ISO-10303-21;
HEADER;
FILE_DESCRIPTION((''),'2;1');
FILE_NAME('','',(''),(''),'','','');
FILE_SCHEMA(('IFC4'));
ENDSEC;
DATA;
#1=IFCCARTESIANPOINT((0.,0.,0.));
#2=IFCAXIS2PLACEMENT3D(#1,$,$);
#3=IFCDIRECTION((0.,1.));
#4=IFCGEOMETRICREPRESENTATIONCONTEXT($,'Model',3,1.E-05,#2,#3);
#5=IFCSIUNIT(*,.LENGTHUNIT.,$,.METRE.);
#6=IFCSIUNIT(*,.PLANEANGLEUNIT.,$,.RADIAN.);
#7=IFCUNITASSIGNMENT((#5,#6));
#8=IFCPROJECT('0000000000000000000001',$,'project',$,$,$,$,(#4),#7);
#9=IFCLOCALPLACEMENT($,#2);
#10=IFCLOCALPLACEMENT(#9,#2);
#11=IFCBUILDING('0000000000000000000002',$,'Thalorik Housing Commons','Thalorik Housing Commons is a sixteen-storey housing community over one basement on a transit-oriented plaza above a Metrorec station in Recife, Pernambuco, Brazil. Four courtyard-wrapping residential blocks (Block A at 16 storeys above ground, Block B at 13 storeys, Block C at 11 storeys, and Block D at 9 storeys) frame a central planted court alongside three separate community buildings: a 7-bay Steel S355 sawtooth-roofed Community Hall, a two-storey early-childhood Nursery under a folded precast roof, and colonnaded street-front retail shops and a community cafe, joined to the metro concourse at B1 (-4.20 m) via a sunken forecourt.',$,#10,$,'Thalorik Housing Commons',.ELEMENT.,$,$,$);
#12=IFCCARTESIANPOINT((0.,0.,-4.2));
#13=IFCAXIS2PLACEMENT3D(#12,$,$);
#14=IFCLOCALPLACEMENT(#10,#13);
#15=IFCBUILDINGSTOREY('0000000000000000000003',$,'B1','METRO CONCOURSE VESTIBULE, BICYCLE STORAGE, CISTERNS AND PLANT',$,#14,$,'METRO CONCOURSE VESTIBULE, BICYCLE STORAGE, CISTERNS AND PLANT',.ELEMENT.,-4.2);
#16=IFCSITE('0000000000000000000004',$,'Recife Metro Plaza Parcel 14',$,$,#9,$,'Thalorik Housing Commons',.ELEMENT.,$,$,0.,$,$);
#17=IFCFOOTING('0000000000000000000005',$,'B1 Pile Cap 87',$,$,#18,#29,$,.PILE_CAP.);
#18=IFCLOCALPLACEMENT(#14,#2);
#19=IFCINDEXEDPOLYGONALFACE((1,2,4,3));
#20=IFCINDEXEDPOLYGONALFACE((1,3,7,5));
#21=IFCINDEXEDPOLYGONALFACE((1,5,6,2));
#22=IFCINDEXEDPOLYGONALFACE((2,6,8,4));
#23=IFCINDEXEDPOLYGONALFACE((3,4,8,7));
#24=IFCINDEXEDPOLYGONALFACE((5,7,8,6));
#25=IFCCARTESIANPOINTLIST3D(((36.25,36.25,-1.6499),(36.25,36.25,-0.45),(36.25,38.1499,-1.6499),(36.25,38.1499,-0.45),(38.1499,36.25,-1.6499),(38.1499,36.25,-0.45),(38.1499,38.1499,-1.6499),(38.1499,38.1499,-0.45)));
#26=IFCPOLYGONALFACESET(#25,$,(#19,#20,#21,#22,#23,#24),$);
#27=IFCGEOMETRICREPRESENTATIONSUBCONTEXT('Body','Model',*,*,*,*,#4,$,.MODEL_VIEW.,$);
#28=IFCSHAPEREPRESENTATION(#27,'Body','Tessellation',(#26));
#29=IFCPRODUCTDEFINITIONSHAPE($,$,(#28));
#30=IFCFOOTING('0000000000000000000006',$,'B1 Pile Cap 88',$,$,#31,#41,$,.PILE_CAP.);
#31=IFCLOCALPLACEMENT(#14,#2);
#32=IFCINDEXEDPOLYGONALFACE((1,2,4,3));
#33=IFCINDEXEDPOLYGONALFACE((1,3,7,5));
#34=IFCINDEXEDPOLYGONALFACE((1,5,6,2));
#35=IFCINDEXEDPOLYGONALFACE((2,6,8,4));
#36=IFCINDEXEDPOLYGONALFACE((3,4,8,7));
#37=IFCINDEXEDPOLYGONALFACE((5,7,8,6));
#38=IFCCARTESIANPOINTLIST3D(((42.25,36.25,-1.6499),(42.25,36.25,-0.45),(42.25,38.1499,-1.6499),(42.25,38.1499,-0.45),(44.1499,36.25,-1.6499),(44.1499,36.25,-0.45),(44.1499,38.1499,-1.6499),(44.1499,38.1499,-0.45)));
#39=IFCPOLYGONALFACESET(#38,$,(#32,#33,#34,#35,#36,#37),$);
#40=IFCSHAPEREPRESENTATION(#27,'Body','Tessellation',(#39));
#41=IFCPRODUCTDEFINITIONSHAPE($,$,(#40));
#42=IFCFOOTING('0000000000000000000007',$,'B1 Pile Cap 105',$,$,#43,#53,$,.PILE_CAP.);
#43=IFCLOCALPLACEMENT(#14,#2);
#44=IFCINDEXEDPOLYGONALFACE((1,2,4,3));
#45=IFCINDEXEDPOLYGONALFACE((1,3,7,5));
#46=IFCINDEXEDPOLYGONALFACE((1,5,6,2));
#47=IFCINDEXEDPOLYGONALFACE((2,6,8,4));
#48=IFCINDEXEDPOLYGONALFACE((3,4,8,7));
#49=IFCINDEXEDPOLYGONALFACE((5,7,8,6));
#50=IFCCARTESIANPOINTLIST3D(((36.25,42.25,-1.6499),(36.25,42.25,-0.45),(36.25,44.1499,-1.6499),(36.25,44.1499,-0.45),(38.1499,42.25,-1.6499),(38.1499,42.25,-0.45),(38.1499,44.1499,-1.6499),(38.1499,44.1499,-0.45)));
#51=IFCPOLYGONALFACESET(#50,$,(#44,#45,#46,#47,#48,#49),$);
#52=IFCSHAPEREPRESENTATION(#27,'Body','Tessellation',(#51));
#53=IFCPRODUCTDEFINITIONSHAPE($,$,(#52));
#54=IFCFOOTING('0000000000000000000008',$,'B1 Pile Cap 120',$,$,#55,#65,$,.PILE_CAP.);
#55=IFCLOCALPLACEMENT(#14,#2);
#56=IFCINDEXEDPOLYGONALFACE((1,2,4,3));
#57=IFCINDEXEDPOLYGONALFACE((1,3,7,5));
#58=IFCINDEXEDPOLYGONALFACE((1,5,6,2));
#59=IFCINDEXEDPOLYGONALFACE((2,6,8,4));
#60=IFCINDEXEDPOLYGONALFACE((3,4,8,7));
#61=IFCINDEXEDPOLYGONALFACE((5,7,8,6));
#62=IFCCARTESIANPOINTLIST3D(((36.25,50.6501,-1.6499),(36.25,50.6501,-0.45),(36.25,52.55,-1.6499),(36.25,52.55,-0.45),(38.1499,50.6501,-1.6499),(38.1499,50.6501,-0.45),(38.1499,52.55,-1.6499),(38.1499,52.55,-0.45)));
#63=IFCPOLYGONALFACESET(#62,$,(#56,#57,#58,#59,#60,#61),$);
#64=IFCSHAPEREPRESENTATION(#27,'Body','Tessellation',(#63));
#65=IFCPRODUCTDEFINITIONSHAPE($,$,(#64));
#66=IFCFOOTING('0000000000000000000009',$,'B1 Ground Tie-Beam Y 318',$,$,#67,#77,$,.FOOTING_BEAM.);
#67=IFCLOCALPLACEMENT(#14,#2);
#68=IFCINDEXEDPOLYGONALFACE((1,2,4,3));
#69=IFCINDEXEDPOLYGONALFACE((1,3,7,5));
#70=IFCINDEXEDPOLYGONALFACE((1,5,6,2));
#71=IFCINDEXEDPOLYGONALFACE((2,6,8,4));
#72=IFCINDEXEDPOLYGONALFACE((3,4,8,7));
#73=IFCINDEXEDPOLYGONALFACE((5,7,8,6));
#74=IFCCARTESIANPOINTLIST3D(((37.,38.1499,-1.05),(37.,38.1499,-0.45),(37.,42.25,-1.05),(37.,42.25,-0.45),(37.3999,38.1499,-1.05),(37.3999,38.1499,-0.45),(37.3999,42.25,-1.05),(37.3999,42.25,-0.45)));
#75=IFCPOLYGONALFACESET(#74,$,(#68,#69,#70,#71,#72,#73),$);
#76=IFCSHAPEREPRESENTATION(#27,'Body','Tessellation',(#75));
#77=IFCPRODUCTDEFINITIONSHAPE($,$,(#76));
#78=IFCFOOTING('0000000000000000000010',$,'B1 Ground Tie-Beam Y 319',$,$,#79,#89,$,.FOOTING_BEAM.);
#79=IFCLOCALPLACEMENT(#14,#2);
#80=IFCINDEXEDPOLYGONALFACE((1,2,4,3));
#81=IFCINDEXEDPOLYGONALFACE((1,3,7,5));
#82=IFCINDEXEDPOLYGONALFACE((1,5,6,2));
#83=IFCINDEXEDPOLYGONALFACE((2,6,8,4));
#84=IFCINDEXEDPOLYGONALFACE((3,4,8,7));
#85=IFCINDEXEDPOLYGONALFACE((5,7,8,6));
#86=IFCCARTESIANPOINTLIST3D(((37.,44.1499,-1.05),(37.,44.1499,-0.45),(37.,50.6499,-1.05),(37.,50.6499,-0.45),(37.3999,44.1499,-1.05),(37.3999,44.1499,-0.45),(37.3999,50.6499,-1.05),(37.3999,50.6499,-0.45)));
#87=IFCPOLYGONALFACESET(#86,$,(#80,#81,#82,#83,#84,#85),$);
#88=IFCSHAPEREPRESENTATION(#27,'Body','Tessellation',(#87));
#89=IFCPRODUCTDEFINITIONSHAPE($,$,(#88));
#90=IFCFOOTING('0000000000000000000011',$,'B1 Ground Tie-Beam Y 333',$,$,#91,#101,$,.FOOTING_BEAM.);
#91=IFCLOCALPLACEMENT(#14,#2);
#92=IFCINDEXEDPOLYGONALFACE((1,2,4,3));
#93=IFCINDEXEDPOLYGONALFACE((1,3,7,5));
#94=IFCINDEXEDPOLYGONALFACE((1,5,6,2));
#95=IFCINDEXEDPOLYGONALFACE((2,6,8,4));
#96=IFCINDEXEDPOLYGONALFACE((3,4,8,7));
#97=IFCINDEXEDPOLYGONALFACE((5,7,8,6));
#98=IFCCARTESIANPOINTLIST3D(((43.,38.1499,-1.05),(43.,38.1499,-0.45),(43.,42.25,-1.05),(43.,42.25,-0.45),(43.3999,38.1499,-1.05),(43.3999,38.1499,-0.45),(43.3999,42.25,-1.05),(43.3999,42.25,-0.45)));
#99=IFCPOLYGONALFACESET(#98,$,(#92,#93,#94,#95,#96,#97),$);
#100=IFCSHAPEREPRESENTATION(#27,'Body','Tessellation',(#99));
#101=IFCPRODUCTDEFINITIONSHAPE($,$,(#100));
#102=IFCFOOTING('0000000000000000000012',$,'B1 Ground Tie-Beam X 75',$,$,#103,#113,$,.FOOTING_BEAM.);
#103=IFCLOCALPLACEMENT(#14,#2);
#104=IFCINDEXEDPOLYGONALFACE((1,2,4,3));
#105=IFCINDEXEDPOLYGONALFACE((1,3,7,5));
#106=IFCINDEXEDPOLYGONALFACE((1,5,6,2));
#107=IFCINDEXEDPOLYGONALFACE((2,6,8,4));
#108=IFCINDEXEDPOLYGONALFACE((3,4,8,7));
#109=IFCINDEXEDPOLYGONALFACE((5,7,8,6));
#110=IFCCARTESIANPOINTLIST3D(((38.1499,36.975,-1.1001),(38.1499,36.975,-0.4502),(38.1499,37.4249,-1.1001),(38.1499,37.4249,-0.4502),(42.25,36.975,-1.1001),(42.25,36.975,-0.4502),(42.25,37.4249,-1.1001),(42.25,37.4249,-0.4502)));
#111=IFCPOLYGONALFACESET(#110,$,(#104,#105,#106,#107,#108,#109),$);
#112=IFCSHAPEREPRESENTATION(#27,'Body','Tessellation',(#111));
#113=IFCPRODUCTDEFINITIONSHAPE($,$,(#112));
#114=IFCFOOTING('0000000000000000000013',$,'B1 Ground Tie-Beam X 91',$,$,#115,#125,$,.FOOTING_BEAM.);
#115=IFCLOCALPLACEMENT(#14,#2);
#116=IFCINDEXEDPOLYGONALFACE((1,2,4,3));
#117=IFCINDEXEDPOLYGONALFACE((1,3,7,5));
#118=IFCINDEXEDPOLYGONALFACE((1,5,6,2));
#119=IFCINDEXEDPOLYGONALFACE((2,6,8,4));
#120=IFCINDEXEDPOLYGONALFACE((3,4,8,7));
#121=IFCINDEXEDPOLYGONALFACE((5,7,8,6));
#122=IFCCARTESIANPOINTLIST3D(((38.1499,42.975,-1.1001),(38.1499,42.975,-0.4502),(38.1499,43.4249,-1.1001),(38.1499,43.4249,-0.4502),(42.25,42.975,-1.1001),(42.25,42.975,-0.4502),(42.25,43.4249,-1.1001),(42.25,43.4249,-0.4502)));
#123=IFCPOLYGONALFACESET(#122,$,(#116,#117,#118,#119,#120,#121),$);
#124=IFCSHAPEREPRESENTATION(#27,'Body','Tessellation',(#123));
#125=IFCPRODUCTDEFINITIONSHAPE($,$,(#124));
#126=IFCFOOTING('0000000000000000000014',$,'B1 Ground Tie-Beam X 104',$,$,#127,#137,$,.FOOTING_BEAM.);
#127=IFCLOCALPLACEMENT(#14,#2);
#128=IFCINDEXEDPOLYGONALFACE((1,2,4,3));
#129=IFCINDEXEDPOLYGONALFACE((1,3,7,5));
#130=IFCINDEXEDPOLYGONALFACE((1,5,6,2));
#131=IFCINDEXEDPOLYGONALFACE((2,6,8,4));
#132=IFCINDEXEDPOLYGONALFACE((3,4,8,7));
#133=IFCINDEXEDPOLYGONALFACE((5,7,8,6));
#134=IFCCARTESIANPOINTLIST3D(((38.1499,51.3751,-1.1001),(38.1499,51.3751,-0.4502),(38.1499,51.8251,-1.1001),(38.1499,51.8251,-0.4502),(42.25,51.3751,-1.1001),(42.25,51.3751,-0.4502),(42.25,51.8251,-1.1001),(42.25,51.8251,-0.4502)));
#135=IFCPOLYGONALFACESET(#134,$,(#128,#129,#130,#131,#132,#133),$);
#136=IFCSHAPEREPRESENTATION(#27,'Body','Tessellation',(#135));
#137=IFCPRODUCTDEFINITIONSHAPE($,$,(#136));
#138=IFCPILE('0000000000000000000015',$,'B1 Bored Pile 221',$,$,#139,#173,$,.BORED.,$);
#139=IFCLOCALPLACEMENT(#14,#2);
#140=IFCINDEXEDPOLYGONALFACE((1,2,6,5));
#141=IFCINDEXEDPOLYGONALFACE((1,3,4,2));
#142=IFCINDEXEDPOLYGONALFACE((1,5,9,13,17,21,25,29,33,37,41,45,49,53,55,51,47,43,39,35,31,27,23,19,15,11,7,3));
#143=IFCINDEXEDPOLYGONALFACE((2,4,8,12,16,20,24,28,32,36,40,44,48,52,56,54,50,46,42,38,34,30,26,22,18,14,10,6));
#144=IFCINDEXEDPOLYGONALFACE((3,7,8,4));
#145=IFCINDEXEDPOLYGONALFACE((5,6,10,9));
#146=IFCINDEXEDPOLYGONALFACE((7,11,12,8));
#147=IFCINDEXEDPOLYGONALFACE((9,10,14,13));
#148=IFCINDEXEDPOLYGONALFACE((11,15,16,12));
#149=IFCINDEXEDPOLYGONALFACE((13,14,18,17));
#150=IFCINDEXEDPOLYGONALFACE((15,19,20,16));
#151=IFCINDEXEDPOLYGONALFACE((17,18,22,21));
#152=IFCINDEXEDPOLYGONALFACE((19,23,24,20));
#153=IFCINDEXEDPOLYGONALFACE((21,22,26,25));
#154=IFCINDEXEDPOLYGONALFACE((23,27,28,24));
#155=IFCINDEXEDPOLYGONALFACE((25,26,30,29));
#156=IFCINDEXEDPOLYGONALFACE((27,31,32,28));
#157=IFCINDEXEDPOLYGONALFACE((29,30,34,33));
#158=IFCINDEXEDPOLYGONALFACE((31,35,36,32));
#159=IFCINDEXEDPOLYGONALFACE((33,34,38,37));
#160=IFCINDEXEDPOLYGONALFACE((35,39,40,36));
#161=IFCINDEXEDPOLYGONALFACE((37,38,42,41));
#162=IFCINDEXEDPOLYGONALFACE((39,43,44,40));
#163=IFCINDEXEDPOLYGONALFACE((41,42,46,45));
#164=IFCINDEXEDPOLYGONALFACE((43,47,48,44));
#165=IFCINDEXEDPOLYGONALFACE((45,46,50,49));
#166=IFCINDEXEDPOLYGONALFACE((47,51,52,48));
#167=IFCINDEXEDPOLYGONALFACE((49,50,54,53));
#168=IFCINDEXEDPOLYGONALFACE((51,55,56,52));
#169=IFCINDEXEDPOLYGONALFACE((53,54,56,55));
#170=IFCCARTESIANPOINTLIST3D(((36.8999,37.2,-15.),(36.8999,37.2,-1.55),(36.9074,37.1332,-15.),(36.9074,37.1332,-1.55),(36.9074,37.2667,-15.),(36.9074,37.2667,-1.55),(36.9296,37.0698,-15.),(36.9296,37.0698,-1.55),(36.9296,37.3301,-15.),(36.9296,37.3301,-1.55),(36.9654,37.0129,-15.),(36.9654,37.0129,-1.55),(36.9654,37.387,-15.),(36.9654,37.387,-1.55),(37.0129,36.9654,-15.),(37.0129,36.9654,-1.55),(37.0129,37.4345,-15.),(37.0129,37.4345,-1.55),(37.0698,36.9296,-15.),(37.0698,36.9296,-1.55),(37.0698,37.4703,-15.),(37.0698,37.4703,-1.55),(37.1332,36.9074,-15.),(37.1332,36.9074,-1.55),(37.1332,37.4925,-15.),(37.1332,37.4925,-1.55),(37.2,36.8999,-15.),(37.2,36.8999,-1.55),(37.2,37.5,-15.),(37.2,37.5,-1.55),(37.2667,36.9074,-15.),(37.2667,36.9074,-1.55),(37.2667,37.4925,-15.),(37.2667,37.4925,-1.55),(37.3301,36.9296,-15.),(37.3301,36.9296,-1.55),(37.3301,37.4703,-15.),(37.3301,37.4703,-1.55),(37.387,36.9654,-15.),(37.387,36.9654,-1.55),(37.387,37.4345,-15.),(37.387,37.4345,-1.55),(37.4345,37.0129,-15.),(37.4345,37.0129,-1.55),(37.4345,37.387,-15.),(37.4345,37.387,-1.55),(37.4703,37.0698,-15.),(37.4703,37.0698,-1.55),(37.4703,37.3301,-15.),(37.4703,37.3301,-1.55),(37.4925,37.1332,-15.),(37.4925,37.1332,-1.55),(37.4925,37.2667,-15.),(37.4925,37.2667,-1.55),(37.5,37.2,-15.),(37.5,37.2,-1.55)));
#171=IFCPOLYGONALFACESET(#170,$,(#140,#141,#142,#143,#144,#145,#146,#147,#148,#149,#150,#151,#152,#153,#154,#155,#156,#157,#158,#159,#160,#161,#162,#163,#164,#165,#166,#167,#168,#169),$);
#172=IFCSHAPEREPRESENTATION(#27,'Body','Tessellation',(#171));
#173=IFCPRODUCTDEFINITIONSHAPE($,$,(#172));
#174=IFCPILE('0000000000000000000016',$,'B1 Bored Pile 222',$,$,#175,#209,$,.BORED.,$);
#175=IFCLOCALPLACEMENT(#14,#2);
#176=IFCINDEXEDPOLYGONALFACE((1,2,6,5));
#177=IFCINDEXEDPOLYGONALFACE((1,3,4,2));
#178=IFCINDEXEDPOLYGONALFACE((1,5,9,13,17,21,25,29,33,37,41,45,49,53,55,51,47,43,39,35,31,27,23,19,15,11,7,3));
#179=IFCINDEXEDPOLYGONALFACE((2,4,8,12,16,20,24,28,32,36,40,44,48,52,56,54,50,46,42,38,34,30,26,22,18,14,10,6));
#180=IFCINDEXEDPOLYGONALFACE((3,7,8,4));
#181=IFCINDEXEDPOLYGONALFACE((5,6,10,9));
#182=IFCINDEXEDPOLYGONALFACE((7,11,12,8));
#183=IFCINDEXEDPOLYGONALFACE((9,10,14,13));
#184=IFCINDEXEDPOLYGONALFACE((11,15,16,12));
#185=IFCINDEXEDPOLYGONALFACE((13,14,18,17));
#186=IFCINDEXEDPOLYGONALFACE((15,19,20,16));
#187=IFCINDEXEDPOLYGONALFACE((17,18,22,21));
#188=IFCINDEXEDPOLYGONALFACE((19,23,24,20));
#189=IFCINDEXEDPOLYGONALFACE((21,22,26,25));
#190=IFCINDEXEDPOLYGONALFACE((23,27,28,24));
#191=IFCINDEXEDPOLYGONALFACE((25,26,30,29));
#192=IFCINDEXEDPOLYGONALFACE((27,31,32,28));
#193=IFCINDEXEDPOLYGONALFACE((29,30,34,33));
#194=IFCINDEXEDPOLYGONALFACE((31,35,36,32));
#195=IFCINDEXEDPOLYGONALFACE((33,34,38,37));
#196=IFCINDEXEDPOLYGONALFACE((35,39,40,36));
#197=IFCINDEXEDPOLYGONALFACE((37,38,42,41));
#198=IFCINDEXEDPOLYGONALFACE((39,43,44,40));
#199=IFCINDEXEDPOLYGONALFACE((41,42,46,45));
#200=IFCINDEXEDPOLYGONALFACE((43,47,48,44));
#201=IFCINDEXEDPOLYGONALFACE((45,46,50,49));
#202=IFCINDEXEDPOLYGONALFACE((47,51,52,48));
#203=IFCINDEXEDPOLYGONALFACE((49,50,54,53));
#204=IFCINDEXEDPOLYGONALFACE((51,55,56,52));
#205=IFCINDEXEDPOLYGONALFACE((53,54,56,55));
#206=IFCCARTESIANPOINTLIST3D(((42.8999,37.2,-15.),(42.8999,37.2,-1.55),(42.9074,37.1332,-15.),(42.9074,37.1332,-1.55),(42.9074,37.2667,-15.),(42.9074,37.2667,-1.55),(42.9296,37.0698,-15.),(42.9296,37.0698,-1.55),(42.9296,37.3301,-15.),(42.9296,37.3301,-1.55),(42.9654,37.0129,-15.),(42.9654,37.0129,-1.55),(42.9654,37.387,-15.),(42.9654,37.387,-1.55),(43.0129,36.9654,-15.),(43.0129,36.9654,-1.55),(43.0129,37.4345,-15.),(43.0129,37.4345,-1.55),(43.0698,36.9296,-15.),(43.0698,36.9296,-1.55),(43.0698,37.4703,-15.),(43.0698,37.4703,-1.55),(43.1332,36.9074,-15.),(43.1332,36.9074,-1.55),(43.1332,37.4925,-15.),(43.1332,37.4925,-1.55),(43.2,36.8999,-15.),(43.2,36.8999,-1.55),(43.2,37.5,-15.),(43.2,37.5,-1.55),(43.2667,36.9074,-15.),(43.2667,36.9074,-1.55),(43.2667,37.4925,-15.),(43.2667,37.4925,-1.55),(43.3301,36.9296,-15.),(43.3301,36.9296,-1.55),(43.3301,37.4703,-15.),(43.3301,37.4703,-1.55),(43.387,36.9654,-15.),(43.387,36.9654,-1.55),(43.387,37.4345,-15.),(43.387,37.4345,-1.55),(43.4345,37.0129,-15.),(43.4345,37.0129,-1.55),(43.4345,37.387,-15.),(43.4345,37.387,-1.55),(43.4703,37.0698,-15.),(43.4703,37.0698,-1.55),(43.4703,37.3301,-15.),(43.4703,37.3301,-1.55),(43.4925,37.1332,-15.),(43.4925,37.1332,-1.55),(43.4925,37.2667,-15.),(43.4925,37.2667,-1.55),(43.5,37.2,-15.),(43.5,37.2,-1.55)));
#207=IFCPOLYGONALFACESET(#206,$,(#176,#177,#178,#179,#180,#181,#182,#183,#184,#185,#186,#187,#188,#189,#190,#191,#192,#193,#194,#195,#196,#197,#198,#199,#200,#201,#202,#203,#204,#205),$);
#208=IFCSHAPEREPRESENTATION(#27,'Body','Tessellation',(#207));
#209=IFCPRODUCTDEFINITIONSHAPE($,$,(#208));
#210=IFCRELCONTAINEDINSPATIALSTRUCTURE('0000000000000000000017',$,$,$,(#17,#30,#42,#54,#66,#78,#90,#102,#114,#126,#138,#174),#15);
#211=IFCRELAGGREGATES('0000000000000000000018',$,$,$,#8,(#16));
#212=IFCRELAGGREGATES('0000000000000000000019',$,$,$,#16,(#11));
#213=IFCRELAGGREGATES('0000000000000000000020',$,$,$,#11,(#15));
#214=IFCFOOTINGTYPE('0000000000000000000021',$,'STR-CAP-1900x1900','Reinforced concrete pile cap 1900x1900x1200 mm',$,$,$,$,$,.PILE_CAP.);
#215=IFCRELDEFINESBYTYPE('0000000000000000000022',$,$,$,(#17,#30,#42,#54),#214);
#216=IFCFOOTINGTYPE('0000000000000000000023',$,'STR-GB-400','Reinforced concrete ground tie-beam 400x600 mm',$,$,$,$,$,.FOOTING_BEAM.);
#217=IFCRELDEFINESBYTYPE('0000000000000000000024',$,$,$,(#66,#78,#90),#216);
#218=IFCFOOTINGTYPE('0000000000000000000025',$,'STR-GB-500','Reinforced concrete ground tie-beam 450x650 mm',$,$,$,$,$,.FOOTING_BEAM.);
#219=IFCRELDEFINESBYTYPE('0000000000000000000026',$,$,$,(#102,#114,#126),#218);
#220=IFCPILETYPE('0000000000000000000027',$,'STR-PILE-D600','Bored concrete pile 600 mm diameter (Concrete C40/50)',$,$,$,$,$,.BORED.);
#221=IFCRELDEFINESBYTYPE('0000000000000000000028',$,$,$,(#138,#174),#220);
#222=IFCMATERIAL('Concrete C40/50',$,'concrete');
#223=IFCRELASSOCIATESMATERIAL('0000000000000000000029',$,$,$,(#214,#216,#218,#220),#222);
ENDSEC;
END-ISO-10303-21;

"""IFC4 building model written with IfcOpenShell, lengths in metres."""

from ifc_helpers import new_model, si_unit, direction, frame, origin, origin_2d, place, context, subcontext, project, spatial, rectangle, circle, extrude, material, material_profile, profile_set, type_object, element, save


model = new_model("IFC4")

# Units and contexts
model_context = context("Model", 3, precision=1e-05, world=origin(), true_north=direction((0.0, 1.0)))
body_context = subcontext(model_context, "Body", "Model", "MODEL_VIEW")
ifc_project = project(units=[si_unit("LENGTHUNIT", "METRE"), si_unit("PLANEANGLEUNIT", "RADIAN")], contexts=[model_context])

# Site, building, storey
site_placement = place(None, origin())
site = spatial("IfcSite", under=ifc_project, at=site_placement, Name="Recife Metro Plaza Parcel 14", LongName="Thalorik Housing Commons", CompositionType="ELEMENT", RefElevation=0.0)
building_placement = place(site_placement, origin())
building = spatial("IfcBuilding", under=site, at=building_placement, Name="Thalorik Housing Commons", Description="Thalorik Housing Commons is a sixteen-storey housing community over one basement on a transit-oriented plaza above a Metrorec station in Recife, Pernambuco, Brazil. Four courtyard-wrapping residential blocks (Block A at 16 storeys above ground, Block B at 13 storeys, Block C at 11 storeys, and Block D at 9 storeys) frame a central planted court alongside three separate community buildings: a 7-bay Steel S355 sawtooth-roofed Community Hall, a two-storey early-childhood Nursery under a folded precast roof, and colonnaded street-front retail shops and a community cafe, joined to the metro concourse at B1 (-4.20 m) via a sunken forecourt.", LongName="Thalorik Housing Commons", CompositionType="ELEMENT")
storey_placement = place(building_placement, frame((0.0, 0.0, -4.2)))
storey = spatial("IfcBuildingStorey", under=building, at=storey_placement, Name="B1", Description="METRO CONCOURSE VESTIBULE, BICYCLE STORAGE, CISTERNS AND PLANT", LongName="METRO CONCOURSE VESTIBULE, BICYCLE STORAGE, CISTERNS AND PLANT", CompositionType="ELEMENT", Elevation=-4.2)

# Footings
ifc_material_1 = material(Name="Concrete C40/50", Category="concrete")
footing_type_1 = type_object("IfcFootingType", Name="STR-CAP-1900x1900", Description="Reinforced concrete pile cap 1900x1900x1200 mm", PredefinedType="PILE_CAP", material=ifc_material_1)
for number, where, z_axis, x_axis, name in (
    (1, (37.2, 37.2, -1.6499), (0.0, 0.0, 1.0), (1.0, 0.0, 0.0), "B1 Pile Cap 87"),
    (2, (43.2, 37.2, -1.6499), (0.0, 0.0, 1.0), (1.0, 0.0, 0.0), "B1 Pile Cap 88"),
    (3, (37.2, 43.2, -1.6499), (0.0, 0.0, 1.0), (1.0, 0.0, 0.0), "B1 Pile Cap 105"),
    (4, (37.2, 51.6001, -1.6499), (0.0, 0.0, 1.0), (1.0, 0.0, 0.0), "B1 Pile Cap 120"),
):
    element("IfcFooting", number, at=place(storey_placement, frame(where, z_axis=z_axis, x_axis=x_axis)), inside=storey, type_object=footing_type_1, Name=name, PredefinedType="PILE_CAP", context=body_context, shape_type="SweptSolid", body=[
        extrude(rectangle(XDim=1.8999, YDim=1.8999, at=origin_2d()), origin(), (0.0, 0.0, 1.0), 1.2),
    ])
ifc_material_profile_1 = material_profile(ifc_material_1, rectangle(XDim=0.3999, YDim=0.6001, at=origin_2d()), Name="RC 400x600", Category="concrete")
ifc_profile_set_1 = profile_set([ifc_material_profile_1], Name="Concrete C40/50")
footing_type_2 = type_object("IfcFootingType", Name="STR-GB-400", Description="Reinforced concrete ground tie-beam 400x600 mm", PredefinedType="FOOTING_BEAM", material=ifc_profile_set_1)
footing_1_placement = place(storey_placement, frame((37.2, 38.1499, -0.75), z_axis=(0.0, 1.0, 0.0), x_axis=(-1.0, 0.0, 0.0)))
element("IfcFooting", 5, at=footing_1_placement, inside=storey, type_object=footing_type_2, Name="B1 Ground Tie-Beam Y 318", PredefinedType="FOOTING_BEAM", context=body_context, shape_type="SweptSolid", body=[
    extrude(rectangle(XDim=0.3999, YDim=0.6001, at=origin_2d()), origin(), (0.0, 0.0, 1.0), 4.1001),
])
footing_2_placement = place(storey_placement, frame((37.2, 44.1499, -0.75), z_axis=(0.0, 1.0, 0.0), x_axis=(-1.0, 0.0, 0.0)))
element("IfcFooting", 6, at=footing_2_placement, inside=storey, type_object=footing_type_2, Name="B1 Ground Tie-Beam Y 319", PredefinedType="FOOTING_BEAM", context=body_context, shape_type="SweptSolid", body=[
    extrude(rectangle(XDim=0.3999, YDim=0.6001, at=origin_2d()), origin(), (0.0, 0.0, 1.0), 6.5),
])
footing_3_placement = place(storey_placement, frame((43.2, 38.1499, -0.75), z_axis=(0.0, 1.0, 0.0), x_axis=(-1.0, 0.0, 0.0)))
element("IfcFooting", 7, at=footing_3_placement, inside=storey, type_object=footing_type_2, Name="B1 Ground Tie-Beam Y 333", PredefinedType="FOOTING_BEAM", context=body_context, shape_type="SweptSolid", body=[
    extrude(rectangle(XDim=0.3999, YDim=0.6001, at=origin_2d()), origin(), (0.0, 0.0, 1.0), 4.1001),
])
ifc_material_profile_2 = material_profile(ifc_material_1, rectangle(XDim=0.45, YDim=0.6499, at=origin_2d()), Name="RC 450x650", Category="concrete")
ifc_profile_set_2 = profile_set([ifc_material_profile_2], Name="Concrete C40/50")
footing_type_3 = type_object("IfcFootingType", Name="STR-GB-500", Description="Reinforced concrete ground tie-beam 450x650 mm", PredefinedType="FOOTING_BEAM", material=ifc_profile_set_2)
for number, where, z_axis, x_axis, name in (
    (8, (38.1499, 37.2, -0.7751), (1.0, 0.0, 0.0), (0.0, 1.0, 0.0), "B1 Ground Tie-Beam X 75"),
    (9, (38.1499, 43.2, -0.7751), (1.0, 0.0, 0.0), (0.0, 1.0, 0.0), "B1 Ground Tie-Beam X 91"),
    (10, (38.1499, 51.6001, -0.7751), (1.0, 0.0, 0.0), (0.0, 1.0, 0.0), "B1 Ground Tie-Beam X 104"),
):
    element("IfcFooting", number, at=place(storey_placement, frame(where, z_axis=z_axis, x_axis=x_axis)), inside=storey, type_object=footing_type_3, Name=name, PredefinedType="FOOTING_BEAM", context=body_context, shape_type="SweptSolid", body=[
        extrude(rectangle(XDim=0.45, YDim=0.6499, at=origin_2d()), origin(), (0.0, 0.0, 1.0), 4.1001),
    ])

# Piles
ifc_material_profile_3 = material_profile(ifc_material_1, circle(Radius=0.3, at=origin_2d()), Name="BORED PILE D600", Category="concrete")
ifc_profile_set_3 = profile_set([ifc_material_profile_3], Name="Concrete C40/50")
pile_type = type_object("IfcPileType", Name="STR-PILE-D600", Description="Bored concrete pile 600 mm diameter (Concrete C40/50)", PredefinedType="BORED", material=ifc_profile_set_3)
for number, where, z_axis, x_axis, name in (
    (11, (37.2, 37.2, -1.55), (0.0, 0.0, -1.0), (1.0, 0.0, 0.0), "B1 Bored Pile 221"),
    (12, (43.2, 37.2, -1.55), (0.0, 0.0, -1.0), (1.0, 0.0, 0.0), "B1 Bored Pile 222"),
):
    element("IfcPile", number, at=place(storey_placement, frame(where, z_axis=z_axis, x_axis=x_axis)), inside=storey, type_object=pile_type, Name=name, PredefinedType="BORED", context=body_context, shape_type="SweptSolid", body=[
        extrude(circle(Radius=0.3, at=origin_2d()), origin(), (0.0, 0.0, 1.0), 13.45),
    ])

save(model, "model.ifc")
